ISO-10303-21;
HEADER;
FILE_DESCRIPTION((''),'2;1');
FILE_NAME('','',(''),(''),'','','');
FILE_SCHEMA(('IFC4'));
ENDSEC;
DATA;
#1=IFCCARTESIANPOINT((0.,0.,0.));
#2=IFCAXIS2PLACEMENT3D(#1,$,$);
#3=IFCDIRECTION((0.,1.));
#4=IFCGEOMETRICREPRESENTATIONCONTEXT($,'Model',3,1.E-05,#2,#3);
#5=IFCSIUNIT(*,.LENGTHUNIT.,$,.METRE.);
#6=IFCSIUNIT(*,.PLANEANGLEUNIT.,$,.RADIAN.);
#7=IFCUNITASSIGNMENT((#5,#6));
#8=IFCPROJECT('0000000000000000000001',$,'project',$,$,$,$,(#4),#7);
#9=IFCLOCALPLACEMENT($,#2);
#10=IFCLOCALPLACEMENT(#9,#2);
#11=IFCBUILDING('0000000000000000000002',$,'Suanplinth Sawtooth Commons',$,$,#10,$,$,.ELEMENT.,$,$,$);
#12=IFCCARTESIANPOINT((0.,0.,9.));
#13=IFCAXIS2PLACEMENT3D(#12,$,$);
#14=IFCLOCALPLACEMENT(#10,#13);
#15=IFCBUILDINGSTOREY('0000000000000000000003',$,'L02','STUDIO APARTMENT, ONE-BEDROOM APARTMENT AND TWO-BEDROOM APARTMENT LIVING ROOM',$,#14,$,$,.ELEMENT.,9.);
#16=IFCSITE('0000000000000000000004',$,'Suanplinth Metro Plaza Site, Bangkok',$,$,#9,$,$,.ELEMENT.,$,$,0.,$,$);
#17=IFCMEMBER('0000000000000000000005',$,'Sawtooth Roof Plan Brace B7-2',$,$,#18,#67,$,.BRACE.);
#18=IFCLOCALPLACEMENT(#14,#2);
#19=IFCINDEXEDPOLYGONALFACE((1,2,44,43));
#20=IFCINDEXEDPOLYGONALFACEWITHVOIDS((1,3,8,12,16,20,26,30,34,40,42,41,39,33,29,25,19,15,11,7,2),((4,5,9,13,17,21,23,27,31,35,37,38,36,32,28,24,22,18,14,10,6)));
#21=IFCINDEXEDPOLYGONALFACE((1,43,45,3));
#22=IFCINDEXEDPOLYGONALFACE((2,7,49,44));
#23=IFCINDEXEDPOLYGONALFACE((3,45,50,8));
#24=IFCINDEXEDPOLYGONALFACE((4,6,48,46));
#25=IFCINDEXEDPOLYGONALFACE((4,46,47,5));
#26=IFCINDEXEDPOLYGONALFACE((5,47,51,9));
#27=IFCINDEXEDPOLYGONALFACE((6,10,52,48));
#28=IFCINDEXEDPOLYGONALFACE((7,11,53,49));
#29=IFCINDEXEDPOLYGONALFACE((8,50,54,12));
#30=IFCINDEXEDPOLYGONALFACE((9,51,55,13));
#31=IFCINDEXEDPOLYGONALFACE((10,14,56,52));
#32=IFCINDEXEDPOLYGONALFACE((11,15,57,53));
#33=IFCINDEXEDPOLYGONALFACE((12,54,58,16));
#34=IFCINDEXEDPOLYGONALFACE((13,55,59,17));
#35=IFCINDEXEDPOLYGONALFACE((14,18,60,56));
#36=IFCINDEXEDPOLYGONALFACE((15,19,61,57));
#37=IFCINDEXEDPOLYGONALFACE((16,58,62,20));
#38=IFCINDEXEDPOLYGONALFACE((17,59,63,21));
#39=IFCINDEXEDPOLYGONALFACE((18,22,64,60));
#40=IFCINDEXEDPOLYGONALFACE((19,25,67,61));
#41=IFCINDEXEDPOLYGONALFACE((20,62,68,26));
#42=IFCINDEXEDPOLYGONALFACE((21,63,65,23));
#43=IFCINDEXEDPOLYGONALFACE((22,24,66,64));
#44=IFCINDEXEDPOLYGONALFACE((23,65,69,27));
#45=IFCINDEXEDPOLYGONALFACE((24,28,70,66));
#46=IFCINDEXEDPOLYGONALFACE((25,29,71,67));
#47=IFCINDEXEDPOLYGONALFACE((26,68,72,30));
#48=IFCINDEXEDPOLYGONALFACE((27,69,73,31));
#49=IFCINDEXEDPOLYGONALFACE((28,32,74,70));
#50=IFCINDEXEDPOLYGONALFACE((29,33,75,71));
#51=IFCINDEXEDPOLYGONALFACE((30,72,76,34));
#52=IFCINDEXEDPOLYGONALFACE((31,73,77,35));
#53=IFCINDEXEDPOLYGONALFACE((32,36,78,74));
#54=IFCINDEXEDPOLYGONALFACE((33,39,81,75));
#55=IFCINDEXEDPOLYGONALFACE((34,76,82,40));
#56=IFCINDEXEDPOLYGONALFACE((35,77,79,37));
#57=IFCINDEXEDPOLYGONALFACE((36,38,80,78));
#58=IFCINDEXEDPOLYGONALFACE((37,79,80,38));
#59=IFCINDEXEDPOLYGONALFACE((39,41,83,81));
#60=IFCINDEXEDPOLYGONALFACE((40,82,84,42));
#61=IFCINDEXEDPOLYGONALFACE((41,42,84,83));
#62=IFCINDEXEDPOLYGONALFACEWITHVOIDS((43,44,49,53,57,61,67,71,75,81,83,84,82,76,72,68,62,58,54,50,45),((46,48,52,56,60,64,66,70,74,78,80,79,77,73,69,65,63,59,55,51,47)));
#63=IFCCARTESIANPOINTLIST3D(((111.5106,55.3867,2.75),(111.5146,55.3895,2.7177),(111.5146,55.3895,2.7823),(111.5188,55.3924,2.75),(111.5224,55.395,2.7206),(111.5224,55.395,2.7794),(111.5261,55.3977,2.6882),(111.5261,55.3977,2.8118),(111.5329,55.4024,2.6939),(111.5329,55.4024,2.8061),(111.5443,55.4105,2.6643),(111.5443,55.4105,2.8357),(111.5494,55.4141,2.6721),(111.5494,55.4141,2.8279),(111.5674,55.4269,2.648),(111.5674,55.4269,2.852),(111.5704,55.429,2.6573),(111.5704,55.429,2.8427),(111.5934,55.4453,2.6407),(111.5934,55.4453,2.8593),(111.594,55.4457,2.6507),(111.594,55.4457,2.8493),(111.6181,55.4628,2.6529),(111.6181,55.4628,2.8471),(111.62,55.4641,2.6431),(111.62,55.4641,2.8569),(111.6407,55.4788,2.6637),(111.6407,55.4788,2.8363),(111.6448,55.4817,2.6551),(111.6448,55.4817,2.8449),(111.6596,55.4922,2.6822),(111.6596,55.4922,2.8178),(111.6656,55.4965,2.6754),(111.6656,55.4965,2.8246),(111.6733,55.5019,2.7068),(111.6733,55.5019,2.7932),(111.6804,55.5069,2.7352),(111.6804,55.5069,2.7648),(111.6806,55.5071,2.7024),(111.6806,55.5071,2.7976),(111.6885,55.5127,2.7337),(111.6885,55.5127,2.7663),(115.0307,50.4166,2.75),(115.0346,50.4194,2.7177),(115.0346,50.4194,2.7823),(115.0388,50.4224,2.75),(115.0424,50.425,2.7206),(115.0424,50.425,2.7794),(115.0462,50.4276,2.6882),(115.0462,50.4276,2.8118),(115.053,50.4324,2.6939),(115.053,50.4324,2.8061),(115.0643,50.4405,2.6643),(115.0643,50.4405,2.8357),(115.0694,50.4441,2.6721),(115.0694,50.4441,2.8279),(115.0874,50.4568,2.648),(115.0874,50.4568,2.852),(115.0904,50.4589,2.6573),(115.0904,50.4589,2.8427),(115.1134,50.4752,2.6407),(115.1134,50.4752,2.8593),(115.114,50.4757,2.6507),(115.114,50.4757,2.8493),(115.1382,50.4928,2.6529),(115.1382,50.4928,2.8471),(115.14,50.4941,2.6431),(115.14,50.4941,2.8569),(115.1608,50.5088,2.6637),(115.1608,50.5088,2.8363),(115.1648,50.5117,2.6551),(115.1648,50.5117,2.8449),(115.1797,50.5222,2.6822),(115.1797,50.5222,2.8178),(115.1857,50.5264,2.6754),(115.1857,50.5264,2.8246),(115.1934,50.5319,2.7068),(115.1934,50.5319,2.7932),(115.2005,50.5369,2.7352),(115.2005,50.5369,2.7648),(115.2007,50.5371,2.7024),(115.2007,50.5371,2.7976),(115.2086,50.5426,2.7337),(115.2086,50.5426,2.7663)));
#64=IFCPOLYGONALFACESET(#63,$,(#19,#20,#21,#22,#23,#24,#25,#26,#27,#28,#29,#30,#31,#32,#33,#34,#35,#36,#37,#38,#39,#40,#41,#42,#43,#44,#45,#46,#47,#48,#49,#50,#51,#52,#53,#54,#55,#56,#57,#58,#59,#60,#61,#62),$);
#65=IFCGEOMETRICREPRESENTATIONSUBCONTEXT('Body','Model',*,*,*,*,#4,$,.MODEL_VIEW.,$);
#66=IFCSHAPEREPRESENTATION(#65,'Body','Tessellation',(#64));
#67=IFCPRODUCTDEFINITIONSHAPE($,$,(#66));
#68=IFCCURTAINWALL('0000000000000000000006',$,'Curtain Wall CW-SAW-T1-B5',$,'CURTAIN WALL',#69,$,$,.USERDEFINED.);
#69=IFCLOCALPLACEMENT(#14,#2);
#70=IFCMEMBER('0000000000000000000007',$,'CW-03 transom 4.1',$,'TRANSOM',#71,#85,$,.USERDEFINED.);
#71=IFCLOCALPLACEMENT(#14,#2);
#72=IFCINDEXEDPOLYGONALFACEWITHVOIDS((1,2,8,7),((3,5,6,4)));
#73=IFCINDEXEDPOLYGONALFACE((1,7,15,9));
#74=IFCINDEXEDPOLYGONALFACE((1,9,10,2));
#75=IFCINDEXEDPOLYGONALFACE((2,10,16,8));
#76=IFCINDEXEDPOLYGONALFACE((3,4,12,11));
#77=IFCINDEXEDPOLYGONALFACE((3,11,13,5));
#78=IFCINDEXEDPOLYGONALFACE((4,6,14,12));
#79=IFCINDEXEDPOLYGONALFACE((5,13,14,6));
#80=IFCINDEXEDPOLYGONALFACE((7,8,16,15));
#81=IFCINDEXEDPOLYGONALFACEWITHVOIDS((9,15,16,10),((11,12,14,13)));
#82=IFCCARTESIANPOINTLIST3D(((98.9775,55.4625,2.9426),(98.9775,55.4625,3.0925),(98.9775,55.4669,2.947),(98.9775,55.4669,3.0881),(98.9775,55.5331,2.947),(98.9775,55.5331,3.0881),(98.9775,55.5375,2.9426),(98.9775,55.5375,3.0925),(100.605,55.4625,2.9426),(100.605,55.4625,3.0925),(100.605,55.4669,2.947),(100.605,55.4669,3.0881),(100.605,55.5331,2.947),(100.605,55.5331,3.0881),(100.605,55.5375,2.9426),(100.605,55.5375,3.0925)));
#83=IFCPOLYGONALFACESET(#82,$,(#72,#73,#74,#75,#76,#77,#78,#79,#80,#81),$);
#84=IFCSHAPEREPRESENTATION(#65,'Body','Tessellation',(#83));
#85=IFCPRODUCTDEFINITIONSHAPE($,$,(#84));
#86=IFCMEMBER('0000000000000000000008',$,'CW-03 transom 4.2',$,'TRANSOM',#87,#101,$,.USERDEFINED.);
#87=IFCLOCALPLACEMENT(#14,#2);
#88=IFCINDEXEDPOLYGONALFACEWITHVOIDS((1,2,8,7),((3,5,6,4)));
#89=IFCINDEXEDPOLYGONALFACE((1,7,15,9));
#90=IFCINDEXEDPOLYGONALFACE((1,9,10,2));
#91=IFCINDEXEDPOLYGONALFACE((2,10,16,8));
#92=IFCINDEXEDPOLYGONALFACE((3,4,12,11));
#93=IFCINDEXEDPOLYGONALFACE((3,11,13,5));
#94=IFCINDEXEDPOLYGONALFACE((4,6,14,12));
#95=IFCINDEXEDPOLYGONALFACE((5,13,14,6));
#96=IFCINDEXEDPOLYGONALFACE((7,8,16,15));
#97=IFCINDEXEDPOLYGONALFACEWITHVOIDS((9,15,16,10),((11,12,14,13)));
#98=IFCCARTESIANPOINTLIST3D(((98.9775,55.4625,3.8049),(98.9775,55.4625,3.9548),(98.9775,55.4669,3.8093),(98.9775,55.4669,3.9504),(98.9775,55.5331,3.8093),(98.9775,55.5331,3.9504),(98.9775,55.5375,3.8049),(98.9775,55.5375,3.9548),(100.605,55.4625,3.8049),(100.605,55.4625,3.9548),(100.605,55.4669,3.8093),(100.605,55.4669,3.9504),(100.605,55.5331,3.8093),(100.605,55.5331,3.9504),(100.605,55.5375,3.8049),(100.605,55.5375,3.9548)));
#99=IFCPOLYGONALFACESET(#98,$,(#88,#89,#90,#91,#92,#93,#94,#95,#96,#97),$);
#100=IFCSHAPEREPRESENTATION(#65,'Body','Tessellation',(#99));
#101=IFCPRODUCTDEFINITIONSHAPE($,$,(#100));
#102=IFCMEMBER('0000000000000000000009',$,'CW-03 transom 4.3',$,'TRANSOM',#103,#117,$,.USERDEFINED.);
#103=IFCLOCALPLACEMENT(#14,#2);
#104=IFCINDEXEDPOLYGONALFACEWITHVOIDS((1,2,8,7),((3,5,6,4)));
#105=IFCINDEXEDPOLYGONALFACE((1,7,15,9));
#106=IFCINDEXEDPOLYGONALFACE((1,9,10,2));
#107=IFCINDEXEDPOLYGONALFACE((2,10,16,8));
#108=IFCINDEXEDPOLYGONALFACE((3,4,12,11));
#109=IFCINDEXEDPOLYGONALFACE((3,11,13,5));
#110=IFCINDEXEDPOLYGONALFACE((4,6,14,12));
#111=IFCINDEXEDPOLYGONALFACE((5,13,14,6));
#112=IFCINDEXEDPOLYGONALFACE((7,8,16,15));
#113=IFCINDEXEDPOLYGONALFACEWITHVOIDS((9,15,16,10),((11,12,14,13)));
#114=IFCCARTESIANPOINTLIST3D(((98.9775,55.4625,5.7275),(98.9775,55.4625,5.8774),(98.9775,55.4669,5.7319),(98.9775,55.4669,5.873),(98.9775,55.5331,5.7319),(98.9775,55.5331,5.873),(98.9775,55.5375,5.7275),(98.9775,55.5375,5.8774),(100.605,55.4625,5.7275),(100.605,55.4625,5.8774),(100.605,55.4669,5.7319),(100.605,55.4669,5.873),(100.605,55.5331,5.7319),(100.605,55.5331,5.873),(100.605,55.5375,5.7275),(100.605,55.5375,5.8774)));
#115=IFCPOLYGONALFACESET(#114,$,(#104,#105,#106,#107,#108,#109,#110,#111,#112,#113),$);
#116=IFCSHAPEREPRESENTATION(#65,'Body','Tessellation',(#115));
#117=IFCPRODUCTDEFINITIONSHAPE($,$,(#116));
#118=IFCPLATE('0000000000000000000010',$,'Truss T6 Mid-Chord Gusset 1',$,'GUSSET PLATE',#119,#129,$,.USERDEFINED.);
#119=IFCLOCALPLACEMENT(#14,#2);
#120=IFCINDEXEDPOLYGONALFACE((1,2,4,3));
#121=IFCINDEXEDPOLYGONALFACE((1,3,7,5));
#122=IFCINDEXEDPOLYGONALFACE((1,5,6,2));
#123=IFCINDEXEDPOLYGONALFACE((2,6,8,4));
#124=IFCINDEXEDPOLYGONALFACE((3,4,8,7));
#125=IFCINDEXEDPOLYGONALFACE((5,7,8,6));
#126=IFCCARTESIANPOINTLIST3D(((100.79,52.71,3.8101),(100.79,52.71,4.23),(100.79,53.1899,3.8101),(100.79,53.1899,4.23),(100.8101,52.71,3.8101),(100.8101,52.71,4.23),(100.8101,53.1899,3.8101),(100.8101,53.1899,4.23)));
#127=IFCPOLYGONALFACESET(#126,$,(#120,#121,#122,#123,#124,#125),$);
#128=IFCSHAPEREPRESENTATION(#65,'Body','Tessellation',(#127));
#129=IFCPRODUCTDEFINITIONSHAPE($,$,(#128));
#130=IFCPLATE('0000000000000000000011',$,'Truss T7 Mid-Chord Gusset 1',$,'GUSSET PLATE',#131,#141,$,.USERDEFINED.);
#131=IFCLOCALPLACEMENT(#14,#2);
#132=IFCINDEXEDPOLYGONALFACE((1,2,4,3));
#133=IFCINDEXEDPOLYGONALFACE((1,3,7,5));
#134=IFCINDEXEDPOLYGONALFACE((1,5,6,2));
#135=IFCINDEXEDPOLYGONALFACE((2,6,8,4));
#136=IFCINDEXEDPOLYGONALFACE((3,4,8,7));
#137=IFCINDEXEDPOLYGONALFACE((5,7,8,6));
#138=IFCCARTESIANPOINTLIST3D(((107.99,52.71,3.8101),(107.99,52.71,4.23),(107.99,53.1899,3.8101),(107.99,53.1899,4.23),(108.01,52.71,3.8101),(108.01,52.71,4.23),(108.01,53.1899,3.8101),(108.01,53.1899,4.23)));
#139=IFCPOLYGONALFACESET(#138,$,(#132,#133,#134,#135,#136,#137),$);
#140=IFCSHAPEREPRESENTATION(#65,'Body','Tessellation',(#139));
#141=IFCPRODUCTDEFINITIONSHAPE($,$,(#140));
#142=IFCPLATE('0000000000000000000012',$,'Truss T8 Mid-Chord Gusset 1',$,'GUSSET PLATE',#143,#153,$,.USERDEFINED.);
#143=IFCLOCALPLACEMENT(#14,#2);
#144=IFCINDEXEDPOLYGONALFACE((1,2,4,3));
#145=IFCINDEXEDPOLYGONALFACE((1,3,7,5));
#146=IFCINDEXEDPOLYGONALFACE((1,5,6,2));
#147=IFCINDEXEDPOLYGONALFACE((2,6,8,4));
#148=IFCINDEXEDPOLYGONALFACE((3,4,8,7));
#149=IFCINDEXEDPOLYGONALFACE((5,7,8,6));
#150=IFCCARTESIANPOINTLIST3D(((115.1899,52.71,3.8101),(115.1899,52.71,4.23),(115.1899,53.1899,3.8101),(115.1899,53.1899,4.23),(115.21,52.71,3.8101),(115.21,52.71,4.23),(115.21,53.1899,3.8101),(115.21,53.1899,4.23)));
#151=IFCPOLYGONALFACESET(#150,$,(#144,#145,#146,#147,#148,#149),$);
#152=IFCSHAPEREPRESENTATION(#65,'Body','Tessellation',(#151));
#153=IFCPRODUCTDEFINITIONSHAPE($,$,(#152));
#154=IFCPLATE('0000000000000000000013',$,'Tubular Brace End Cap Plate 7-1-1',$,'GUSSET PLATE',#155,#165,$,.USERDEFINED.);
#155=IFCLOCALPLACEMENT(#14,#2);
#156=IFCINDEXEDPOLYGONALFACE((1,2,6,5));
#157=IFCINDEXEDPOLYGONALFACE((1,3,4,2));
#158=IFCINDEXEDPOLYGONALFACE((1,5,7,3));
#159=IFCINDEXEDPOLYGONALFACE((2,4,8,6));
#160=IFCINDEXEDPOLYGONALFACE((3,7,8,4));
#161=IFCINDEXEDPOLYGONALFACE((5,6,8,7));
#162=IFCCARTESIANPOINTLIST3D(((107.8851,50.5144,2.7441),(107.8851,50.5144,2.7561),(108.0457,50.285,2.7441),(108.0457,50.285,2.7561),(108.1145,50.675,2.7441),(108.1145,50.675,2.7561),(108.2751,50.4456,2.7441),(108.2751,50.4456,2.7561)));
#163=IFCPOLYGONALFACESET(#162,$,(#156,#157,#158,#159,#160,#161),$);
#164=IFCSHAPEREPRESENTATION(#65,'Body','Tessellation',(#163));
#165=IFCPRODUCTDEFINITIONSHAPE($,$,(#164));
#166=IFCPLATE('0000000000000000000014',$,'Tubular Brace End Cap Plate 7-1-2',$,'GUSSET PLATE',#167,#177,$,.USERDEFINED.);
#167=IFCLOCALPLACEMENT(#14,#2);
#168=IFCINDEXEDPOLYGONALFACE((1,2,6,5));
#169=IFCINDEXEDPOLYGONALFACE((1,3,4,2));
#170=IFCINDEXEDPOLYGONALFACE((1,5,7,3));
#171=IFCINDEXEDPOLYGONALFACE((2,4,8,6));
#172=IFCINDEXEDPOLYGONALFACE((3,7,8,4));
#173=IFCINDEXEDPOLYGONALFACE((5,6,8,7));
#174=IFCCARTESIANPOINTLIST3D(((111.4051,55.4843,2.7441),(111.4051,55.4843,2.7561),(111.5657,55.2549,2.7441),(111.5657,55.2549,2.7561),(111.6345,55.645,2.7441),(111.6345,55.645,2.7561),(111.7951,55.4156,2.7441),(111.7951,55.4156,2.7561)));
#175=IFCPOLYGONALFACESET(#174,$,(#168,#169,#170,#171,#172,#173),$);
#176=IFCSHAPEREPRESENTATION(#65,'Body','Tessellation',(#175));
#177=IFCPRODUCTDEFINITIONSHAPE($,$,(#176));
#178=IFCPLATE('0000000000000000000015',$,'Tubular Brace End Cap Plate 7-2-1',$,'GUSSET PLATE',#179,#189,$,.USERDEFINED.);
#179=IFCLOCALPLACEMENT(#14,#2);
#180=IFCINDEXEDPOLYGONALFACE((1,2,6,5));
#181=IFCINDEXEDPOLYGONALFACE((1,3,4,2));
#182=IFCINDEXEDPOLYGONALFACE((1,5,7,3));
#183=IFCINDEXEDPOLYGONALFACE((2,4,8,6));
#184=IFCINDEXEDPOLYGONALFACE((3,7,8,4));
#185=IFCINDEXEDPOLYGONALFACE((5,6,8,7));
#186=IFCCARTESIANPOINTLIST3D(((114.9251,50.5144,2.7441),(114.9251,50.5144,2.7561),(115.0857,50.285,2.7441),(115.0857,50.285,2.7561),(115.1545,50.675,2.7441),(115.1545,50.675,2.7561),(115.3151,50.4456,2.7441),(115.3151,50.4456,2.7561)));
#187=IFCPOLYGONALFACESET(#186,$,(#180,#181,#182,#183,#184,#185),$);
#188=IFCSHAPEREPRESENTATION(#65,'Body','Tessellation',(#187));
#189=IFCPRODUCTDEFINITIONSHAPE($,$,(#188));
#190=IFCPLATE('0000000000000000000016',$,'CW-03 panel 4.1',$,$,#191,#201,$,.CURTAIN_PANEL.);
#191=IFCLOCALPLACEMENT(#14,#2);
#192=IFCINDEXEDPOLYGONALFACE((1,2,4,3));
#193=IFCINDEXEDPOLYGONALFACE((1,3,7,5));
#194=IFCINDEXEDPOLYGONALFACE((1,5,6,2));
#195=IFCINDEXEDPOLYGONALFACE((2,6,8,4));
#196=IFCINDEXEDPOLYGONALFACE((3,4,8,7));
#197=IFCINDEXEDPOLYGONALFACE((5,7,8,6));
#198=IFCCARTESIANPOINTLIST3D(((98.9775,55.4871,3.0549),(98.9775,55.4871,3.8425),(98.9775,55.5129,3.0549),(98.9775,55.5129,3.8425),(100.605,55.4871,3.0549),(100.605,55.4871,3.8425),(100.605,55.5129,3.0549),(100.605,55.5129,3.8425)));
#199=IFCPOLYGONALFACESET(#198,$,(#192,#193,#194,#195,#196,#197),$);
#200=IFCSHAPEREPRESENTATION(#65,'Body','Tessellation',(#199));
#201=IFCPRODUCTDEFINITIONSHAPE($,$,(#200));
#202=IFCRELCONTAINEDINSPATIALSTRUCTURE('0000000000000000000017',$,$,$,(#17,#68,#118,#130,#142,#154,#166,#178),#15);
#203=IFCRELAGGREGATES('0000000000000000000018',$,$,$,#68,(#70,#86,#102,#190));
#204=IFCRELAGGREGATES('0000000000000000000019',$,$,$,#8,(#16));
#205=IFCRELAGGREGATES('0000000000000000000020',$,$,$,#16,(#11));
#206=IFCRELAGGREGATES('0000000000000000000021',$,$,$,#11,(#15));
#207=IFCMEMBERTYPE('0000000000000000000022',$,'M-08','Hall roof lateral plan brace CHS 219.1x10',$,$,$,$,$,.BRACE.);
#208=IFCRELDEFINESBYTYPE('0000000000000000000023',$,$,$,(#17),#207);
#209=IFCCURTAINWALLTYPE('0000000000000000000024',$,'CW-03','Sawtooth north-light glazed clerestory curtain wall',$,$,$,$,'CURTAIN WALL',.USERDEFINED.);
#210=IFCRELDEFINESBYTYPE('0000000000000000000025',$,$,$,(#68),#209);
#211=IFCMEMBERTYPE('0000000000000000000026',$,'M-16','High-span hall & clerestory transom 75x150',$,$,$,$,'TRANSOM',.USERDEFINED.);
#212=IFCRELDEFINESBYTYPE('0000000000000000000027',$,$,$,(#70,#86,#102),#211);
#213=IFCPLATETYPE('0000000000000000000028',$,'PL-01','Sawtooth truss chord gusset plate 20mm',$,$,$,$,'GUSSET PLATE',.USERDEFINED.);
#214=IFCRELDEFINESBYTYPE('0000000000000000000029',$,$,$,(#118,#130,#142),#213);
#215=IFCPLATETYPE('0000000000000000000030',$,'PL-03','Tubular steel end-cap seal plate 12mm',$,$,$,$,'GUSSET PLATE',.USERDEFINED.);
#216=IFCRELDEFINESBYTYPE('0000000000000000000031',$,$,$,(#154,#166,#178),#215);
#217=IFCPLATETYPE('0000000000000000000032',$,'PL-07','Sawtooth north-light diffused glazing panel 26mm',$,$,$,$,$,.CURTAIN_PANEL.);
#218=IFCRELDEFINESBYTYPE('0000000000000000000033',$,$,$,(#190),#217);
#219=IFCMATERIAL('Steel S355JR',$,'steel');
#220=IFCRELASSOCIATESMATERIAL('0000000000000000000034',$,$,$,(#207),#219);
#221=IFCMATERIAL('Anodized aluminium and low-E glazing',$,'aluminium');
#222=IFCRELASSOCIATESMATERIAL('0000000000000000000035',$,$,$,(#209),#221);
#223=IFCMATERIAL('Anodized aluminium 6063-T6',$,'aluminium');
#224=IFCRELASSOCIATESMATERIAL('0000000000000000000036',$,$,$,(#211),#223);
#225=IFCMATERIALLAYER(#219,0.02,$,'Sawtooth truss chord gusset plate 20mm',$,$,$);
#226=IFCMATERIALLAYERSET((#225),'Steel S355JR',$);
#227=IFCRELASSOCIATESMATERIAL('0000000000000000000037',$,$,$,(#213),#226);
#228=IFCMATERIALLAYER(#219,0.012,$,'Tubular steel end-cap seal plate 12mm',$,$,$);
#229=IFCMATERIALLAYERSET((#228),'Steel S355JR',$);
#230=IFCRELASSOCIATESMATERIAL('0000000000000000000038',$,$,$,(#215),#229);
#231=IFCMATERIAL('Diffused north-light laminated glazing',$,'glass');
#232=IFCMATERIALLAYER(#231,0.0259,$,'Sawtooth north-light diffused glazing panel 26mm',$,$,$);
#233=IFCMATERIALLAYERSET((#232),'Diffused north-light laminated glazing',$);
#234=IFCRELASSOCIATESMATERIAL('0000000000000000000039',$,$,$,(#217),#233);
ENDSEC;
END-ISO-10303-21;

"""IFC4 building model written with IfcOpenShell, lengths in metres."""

from ifc_helpers import new_model, si_unit, direction, frame, origin, origin_2d, place, context, subcontext, project, spatial, rectangle, hollow_rectangle, hollow_circle, extrude, material, layer, layer_set, material_profile, profile_set, type_object, element, aggregate, save


model = new_model("IFC4")

# Units and contexts
model_context = context("Model", 3, precision=1e-05, world=origin(), true_north=direction((0.0, 1.0)))
body_context = subcontext(model_context, "Body", "Model", "MODEL_VIEW")
ifc_project = project(units=[si_unit("LENGTHUNIT", "METRE"), si_unit("PLANEANGLEUNIT", "RADIAN")], contexts=[model_context])

# Site, building, storey
site_placement = place(None, origin())
site = spatial("IfcSite", under=ifc_project, at=site_placement, Name="Suanplinth Metro Plaza Site, Bangkok", CompositionType="ELEMENT", RefElevation=0.0)
building_placement = place(site_placement, origin())
building = spatial("IfcBuilding", under=site, at=building_placement, Name="Suanplinth Sawtooth Commons", CompositionType="ELEMENT")
storey_placement = place(building_placement, frame((0.0, 0.0, 9.0)))
storey = spatial("IfcBuildingStorey", under=building, at=storey_placement, Name="L02", Description="STUDIO APARTMENT, ONE-BEDROOM APARTMENT AND TWO-BEDROOM APARTMENT LIVING ROOM", CompositionType="ELEMENT", Elevation=9.0)

# Shared definitions
ifc_material_1 = material(Name="Steel S355JR", Category="steel")

# Member
ifc_material_profile_1 = material_profile(ifc_material_1, hollow_circle(Radius=0.1096, WallThickness=0.01, at=origin_2d()), Name="CHS 219.1x10")
ifc_profile_set_1 = profile_set([ifc_material_profile_1], Name="Steel S355JR")
member_type_1 = type_object("IfcMemberType", Name="M-08", Description="Hall roof lateral plan brace CHS 219.1x10", PredefinedType="BRACE", material=ifc_profile_set_1)
for number, where, z_axis, x_axis, name in (
    (1, (115.1201, 50.48, 2.75), (-0.577976, 0.816054, 0.0), (-0.816054, -0.577976, 0.0), "Sawtooth Roof Plan Brace B7-2"),
):
    element("IfcMember", number, at=place(storey_placement, frame(where, z_axis=z_axis, x_axis=x_axis)), inside=storey, type_object=member_type_1, Name=name, PredefinedType="BRACE", context=body_context, shape_type="SweptSolid", body=[
        extrude(hollow_circle(Radius=0.1096, WallThickness=0.01, at=origin_2d()), origin(), (0.0, 0.0, 1.0), 6.0903),
    ])

# Curtain wall, members
ifc_material_2 = material(Name="Anodized aluminium and low-E glazing", Category="aluminium")
curtain_wall_type = type_object("IfcCurtainWallType", Name="CW-03", Description="Sawtooth north-light glazed clerestory curtain wall", ElementType="CURTAIN WALL", PredefinedType="USERDEFINED", material=ifc_material_2)
curtain_wall_placement = place(storey_placement, origin())
curtain_wall = element("IfcCurtainWall", 2, at=curtain_wall_placement, inside=storey, type_object=curtain_wall_type, Name="Curtain Wall CW-SAW-T1-B5", ObjectType="CURTAIN WALL", PredefinedType="USERDEFINED")
ifc_material_3 = material(Name="Anodized aluminium 6063-T6", Category="aluminium")
ifc_material_profile_2 = material_profile(ifc_material_3, hollow_rectangle(XDim=0.075, YDim=0.1499, WallThickness=0.0044, at=origin_2d()), Name="ALU-TRN 75x150")
ifc_profile_set_2 = profile_set([ifc_material_profile_2], Name="Anodized aluminium 6063-T6")
member_type_2 = type_object("IfcMemberType", Name="M-16", Description="High-span hall & clerestory transom 75x150", ElementType="TRANSOM", PredefinedType="USERDEFINED", material=ifc_profile_set_2)
member_1_placement = place(storey_placement, frame((98.9775, 55.5, 3.0176), z_axis=(1.0, 0.0, 0.0), x_axis=(0.0, 1.0, 0.0)))
member_1 = element("IfcMember", 3, at=member_1_placement, type_object=member_type_2, Name="CW-03 transom 4.1", ObjectType="TRANSOM", PredefinedType="USERDEFINED", context=body_context, shape_type="SweptSolid", body=[
    extrude(hollow_rectangle(XDim=0.075, YDim=0.1499, WallThickness=0.0044, at=origin_2d()), origin(), (0.0, 0.0, 1.0), 1.6274),
])
member_2_placement = place(storey_placement, frame((98.9775, 55.5, 3.8799), z_axis=(1.0, 0.0, 0.0), x_axis=(0.0, 1.0, 0.0)))
member_2 = element("IfcMember", 4, at=member_2_placement, type_object=member_type_2, Name="CW-03 transom 4.2", ObjectType="TRANSOM", PredefinedType="USERDEFINED", context=body_context, shape_type="SweptSolid", body=[
    extrude(hollow_rectangle(XDim=0.075, YDim=0.1499, WallThickness=0.0044, at=origin_2d()), origin(), (0.0, 0.0, 1.0), 1.6274),
])
member_3_placement = place(storey_placement, frame((98.9775, 55.5, 5.8025), z_axis=(1.0, 0.0, 0.0), x_axis=(0.0, 1.0, 0.0)))
member_3 = element("IfcMember", 5, at=member_3_placement, type_object=member_type_2, Name="CW-03 transom 4.3", ObjectType="TRANSOM", PredefinedType="USERDEFINED", context=body_context, shape_type="SweptSolid", body=[
    extrude(hollow_rectangle(XDim=0.075, YDim=0.1499, WallThickness=0.0044, at=origin_2d()), origin(), (0.0, 0.0, 1.0), 1.6274),
])

# Plates
ifc_layer_1 = layer(ifc_material_1, 0.02, Name="Sawtooth truss chord gusset plate 20mm")
ifc_layer_set_1 = layer_set([ifc_layer_1], Name="Steel S355JR")
plate_type_1 = type_object("IfcPlateType", Name="PL-01", Description="Sawtooth truss chord gusset plate 20mm", ElementType="GUSSET PLATE", PredefinedType="USERDEFINED", material=ifc_layer_set_1)
for number, where, z_axis, x_axis, name in (
    (6, (100.8, 52.95, 3.8101), (0.0, 0.0, 1.0), (1.0, 0.0, 0.0), "Truss T6 Mid-Chord Gusset 1"),
    (7, (108.0, 52.95, 3.8101), (0.0, 0.0, 1.0), (1.0, 0.0, 0.0), "Truss T7 Mid-Chord Gusset 1"),
    (8, (115.2, 52.95, 3.8101), (0.0, 0.0, 1.0), (1.0, 0.0, 0.0), "Truss T8 Mid-Chord Gusset 1"),
):
    element("IfcPlate", number, at=place(storey_placement, frame(where, z_axis=z_axis, x_axis=x_axis)), inside=storey, type_object=plate_type_1, Name=name, ObjectType="GUSSET PLATE", PredefinedType="USERDEFINED", context=body_context, shape_type="SweptSolid", body=[
        extrude(rectangle(XDim=0.02, YDim=0.48, at=origin_2d()), origin(), (0.0, 0.0, 1.0), 0.4199),
    ])
ifc_layer_2 = layer(ifc_material_1, 0.012, Name="Tubular steel end-cap seal plate 12mm")
ifc_layer_set_2 = layer_set([ifc_layer_2], Name="Steel S355JR")
plate_type_2 = type_object("IfcPlateType", Name="PL-03", Description="Tubular steel end-cap seal plate 12mm", ElementType="GUSSET PLATE", PredefinedType="USERDEFINED", material=ifc_layer_set_2)
for number, where, z_axis, x_axis, name in (
    (9, (108.0801, 50.48, 2.7441), (0.0, 0.0, 1.0), (0.819152, 0.573576, 0.0), "Tubular Brace End Cap Plate 7-1-1"),
    (10, (111.6001, 55.45, 2.7441), (0.0, 0.0, 1.0), (0.819152, 0.573576, 0.0), "Tubular Brace End Cap Plate 7-1-2"),
    (11, (115.1201, 50.48, 2.7441), (0.0, 0.0, 1.0), (0.819152, 0.573576, 0.0), "Tubular Brace End Cap Plate 7-2-1"),
):
    element("IfcPlate", number, at=place(storey_placement, frame(where, z_axis=z_axis, x_axis=x_axis)), inside=storey, type_object=plate_type_2, Name=name, ObjectType="GUSSET PLATE", PredefinedType="USERDEFINED", context=body_context, shape_type="SweptSolid", body=[
        extrude(rectangle(XDim=0.28, YDim=0.28, at=origin_2d()), origin(), (0.0, 0.0, 1.0), 0.012),
    ])

# Plate
ifc_material_4 = material(Name="Diffused north-light laminated glazing", Category="glass")
ifc_layer_3 = layer(ifc_material_4, 0.0259, Name="Sawtooth north-light diffused glazing panel 26mm")
ifc_layer_set_3 = layer_set([ifc_layer_3], Name="Diffused north-light laminated glazing")
plate_type_3 = type_object("IfcPlateType", Name="PL-07", Description="Sawtooth north-light diffused glazing panel 26mm", PredefinedType="CURTAIN_PANEL", material=ifc_layer_set_3)
plate_1_placement = place(storey_placement, frame((99.7913, 55.5, 3.0549), z_axis=(0.0, 0.0, 1.0), x_axis=(1.0, 0.0, 0.0)))
plate_1 = element("IfcPlate", 12, at=plate_1_placement, type_object=plate_type_3, Name="CW-03 panel 4.1", PredefinedType="CURTAIN_PANEL", context=body_context, shape_type="SweptSolid", body=[
    extrude(rectangle(XDim=1.6274, YDim=0.0259, at=origin_2d()), origin(), (0.0, 0.0, 1.0), 0.7876),
])
aggregate(curtain_wall, [member_1, member_2, member_3, plate_1])

save(model, "model.ifc")
